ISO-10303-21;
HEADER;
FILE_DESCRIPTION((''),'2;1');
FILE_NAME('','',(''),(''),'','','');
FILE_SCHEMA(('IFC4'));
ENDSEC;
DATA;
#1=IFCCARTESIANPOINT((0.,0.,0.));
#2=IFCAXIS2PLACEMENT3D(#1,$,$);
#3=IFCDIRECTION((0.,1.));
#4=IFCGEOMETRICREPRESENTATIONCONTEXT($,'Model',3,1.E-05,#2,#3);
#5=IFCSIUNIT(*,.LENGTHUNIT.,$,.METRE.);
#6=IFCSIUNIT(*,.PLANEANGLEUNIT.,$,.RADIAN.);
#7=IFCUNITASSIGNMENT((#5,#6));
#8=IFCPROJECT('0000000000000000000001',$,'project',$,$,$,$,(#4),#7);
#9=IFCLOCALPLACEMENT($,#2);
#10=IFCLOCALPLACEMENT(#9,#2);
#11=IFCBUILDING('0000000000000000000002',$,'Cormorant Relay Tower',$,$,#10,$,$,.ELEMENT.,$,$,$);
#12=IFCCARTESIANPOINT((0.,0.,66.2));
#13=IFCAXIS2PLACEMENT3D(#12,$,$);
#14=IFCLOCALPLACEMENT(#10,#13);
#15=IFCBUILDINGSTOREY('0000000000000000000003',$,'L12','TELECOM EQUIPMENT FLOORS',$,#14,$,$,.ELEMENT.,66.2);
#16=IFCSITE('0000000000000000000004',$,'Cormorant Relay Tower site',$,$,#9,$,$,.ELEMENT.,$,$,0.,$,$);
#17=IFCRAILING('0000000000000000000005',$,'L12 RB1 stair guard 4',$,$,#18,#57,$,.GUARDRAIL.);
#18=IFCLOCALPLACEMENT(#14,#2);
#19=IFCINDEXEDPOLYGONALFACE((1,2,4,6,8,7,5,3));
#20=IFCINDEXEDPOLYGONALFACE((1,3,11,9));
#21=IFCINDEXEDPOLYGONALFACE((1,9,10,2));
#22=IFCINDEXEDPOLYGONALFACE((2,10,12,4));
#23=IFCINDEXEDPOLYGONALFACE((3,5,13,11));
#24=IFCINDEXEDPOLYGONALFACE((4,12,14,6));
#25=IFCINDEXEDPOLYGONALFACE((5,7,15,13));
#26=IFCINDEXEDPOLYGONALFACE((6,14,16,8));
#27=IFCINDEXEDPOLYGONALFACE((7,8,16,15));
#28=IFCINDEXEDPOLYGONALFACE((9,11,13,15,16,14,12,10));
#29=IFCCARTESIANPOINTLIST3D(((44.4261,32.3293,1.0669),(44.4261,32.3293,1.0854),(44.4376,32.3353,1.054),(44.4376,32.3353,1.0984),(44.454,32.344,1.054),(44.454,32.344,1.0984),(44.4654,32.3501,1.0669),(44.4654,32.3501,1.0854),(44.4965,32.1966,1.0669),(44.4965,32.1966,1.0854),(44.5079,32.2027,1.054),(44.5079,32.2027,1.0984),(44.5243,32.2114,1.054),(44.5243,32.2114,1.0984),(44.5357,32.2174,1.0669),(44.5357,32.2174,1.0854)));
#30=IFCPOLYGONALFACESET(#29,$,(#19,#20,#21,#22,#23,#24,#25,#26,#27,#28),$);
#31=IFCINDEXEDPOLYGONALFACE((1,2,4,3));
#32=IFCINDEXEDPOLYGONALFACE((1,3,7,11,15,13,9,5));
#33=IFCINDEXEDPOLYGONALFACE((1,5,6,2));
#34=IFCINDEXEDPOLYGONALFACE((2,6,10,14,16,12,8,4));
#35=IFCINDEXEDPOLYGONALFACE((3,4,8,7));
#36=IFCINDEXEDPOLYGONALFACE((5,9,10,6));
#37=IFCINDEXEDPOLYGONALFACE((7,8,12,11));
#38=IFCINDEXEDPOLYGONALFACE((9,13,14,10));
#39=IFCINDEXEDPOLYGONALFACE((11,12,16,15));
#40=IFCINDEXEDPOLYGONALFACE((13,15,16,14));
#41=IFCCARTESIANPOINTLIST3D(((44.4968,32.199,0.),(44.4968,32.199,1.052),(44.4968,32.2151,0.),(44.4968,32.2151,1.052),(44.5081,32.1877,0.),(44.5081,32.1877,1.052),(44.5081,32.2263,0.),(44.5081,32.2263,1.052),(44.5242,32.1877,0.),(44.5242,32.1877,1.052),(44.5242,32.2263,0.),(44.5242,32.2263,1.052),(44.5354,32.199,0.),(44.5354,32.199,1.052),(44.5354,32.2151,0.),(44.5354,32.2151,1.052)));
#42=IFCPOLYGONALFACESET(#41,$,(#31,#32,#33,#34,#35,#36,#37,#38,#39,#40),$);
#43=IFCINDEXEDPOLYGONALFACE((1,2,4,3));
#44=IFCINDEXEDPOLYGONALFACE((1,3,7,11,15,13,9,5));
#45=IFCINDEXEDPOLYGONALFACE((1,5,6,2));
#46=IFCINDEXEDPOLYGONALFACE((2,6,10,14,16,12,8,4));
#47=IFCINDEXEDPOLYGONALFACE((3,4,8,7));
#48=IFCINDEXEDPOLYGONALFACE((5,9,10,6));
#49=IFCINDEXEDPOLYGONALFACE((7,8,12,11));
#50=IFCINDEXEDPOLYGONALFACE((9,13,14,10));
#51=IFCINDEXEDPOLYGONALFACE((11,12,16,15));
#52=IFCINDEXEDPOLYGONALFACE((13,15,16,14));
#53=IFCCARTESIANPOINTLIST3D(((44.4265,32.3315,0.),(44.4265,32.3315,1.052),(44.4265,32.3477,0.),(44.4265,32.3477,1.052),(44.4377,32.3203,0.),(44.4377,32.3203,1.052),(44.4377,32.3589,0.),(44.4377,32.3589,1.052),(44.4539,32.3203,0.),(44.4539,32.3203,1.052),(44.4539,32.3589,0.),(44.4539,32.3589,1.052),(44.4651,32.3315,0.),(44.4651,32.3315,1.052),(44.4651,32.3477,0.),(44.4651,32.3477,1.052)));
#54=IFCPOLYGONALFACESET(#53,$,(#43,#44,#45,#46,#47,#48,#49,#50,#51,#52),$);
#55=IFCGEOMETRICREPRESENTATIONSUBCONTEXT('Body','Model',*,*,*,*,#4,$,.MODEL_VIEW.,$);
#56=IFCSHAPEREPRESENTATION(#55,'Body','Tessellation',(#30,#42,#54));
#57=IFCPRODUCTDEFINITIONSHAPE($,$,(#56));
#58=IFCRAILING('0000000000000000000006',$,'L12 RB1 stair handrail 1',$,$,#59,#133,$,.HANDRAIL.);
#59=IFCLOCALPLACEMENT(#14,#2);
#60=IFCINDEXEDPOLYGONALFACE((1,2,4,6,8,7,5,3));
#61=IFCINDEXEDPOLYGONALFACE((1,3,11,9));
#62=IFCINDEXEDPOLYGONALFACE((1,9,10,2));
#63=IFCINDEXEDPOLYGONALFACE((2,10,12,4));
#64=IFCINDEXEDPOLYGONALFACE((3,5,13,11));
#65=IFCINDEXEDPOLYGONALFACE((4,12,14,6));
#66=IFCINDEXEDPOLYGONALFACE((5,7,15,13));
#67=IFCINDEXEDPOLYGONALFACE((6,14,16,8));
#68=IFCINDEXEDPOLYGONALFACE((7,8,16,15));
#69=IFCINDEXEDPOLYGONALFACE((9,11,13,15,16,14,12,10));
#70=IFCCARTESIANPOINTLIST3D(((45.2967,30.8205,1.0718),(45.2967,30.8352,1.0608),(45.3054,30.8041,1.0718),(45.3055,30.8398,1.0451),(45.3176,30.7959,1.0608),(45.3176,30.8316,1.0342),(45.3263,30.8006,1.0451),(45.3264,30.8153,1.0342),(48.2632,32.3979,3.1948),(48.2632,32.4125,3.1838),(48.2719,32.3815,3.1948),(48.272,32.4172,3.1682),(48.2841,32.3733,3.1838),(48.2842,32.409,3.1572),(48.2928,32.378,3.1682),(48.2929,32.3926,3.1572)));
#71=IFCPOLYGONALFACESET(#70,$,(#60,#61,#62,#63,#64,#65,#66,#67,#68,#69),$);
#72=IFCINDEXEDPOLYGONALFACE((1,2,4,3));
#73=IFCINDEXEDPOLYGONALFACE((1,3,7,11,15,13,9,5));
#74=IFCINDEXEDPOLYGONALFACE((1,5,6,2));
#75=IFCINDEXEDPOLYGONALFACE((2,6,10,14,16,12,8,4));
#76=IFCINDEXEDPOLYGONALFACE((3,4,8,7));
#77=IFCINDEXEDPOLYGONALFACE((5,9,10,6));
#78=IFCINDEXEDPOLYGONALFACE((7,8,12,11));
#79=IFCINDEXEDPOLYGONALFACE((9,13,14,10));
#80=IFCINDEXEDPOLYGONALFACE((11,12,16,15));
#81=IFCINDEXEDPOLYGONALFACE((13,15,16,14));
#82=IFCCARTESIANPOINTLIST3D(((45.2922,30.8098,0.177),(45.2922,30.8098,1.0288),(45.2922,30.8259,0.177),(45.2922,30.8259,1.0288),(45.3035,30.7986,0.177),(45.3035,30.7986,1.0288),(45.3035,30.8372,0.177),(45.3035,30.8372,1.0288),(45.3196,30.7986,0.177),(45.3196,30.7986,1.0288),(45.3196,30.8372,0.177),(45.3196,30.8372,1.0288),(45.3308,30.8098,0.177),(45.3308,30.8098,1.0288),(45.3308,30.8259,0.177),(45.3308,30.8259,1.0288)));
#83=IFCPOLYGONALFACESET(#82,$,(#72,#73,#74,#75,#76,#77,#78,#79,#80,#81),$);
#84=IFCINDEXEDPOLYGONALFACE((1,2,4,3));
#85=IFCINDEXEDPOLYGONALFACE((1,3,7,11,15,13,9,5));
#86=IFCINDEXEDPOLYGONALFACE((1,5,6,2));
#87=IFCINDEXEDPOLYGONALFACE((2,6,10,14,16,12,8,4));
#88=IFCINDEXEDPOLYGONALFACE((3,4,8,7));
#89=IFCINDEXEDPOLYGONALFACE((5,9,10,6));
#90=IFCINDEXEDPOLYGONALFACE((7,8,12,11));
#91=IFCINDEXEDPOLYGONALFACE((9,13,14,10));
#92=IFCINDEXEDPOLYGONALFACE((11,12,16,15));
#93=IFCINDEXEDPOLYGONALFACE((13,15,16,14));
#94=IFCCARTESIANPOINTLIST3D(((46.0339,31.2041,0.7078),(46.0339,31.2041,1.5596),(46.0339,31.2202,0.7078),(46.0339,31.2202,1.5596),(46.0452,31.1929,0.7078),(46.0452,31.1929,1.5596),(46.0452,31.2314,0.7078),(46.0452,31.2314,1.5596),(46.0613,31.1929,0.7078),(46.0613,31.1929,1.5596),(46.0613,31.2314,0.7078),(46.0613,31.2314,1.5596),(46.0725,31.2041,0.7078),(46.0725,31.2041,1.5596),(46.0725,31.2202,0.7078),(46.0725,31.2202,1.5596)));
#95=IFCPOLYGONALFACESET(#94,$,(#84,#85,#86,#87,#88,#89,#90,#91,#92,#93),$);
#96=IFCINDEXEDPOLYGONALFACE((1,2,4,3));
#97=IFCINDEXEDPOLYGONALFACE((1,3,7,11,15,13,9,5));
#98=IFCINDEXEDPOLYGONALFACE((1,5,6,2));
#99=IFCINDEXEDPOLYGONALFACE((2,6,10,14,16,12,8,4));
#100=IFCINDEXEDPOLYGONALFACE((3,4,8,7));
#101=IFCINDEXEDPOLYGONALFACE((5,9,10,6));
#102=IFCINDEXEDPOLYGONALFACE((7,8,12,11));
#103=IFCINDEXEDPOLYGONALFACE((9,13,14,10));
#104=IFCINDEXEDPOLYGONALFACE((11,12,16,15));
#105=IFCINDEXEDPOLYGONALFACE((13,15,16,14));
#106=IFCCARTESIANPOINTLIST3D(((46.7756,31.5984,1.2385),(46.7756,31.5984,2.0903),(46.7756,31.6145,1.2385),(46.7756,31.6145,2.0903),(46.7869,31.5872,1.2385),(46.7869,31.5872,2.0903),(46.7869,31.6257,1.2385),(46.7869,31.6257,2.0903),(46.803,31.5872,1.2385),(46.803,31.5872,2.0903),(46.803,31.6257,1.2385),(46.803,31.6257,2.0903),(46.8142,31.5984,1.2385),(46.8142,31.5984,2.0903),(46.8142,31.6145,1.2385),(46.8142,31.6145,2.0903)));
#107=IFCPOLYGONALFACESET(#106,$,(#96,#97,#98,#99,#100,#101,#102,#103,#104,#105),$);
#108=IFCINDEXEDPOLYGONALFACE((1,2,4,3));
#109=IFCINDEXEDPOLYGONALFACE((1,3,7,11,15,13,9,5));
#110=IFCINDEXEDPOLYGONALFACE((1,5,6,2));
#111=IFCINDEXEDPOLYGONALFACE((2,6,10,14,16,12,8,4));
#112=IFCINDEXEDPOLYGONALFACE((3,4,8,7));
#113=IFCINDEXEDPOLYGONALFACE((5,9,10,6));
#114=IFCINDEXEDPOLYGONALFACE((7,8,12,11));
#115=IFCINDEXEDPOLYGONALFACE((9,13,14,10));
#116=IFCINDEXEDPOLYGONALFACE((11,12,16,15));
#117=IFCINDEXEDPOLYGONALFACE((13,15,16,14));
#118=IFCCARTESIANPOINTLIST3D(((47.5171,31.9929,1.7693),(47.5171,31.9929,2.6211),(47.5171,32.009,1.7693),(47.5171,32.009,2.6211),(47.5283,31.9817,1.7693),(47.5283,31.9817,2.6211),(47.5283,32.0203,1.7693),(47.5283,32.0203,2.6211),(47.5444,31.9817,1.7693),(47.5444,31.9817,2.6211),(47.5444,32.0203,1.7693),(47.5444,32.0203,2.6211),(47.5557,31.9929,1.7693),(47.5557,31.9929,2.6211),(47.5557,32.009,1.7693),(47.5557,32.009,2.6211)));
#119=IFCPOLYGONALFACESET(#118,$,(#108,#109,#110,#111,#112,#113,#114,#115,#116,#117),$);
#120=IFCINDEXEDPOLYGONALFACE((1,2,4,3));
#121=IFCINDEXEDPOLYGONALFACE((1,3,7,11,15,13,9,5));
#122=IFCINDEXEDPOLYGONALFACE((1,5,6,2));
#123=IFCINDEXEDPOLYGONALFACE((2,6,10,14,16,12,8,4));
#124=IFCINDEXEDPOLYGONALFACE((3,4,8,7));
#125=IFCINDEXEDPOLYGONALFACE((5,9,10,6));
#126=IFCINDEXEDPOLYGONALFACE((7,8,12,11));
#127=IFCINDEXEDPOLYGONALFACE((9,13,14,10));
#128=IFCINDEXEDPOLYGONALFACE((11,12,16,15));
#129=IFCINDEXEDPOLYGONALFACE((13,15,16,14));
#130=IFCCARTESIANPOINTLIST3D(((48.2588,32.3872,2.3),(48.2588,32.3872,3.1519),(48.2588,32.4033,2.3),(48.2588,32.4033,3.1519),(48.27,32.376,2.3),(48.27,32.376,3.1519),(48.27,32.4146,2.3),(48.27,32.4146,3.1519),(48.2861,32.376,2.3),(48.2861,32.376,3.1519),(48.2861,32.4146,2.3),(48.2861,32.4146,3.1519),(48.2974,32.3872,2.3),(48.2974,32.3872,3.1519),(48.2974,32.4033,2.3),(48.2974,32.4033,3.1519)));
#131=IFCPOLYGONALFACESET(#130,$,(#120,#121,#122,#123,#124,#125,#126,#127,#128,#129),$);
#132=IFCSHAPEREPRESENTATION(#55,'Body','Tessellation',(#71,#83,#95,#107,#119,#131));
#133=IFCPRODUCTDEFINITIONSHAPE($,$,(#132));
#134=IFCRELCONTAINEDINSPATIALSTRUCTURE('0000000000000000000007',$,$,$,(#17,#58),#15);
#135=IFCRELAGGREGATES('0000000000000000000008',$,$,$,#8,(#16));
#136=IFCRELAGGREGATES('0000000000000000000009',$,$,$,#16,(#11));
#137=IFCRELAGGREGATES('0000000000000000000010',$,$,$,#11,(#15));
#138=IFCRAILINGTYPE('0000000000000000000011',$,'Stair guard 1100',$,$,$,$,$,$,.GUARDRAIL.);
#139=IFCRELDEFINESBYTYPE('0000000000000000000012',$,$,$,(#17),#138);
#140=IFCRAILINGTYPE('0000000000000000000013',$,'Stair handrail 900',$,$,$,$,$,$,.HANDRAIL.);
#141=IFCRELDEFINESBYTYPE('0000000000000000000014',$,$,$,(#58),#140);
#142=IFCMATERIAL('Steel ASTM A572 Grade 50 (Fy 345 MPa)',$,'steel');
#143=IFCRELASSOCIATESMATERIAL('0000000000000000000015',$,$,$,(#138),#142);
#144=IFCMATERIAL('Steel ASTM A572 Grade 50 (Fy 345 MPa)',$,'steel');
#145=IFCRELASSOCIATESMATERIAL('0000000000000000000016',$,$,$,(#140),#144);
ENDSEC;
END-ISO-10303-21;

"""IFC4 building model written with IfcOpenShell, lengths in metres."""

from ifc_helpers import new_model, si_unit, direction, frame, origin, place, context, subcontext, project, spatial, polyline, outline, extrude, material, type_object, element, save


model = new_model("IFC4")

# Units and contexts
model_context = context("Model", 3, precision=1e-05, world=origin(), true_north=direction((0.0, 1.0)))
body_context = subcontext(model_context, "Body", "Model", "MODEL_VIEW")
ifc_project = project(units=[si_unit("LENGTHUNIT", "METRE"), si_unit("PLANEANGLEUNIT", "RADIAN")], contexts=[model_context])

# Site, building, storey
site_placement = place(None, origin())
site = spatial("IfcSite", under=ifc_project, at=site_placement, Name="Cormorant Relay Tower site", CompositionType="ELEMENT", RefElevation=0.0)
building_placement = place(site_placement, origin())
building = spatial("IfcBuilding", under=site, at=building_placement, Name="Cormorant Relay Tower", CompositionType="ELEMENT")
storey_placement = place(building_placement, frame((0.0, 0.0, 66.2)))
storey = spatial("IfcBuildingStorey", under=building, at=storey_placement, Name="L12", Description="TELECOM EQUIPMENT FLOORS", CompositionType="ELEMENT", Elevation=66.2)

# Railings
ifc_material_1 = material(Name="Steel ASTM A572 Grade 50 (Fy 345 MPa)", Category="steel")
railing_type_1 = type_object("IfcRailingType", Name="Stair guard 1100", PredefinedType="GUARDRAIL", material=ifc_material_1)
railing_1_placement = place(storey_placement, frame((44.5161, 32.207, 0.0)))
element("IfcRailing", 1, at=railing_1_placement, inside=storey, type_object=railing_type_1, Name="L12 RB1 stair guard 4", PredefinedType="GUARDRAIL", context=body_context, shape_type="SweptSolid", body=[
    extrude(outline(polyline([(0.0222, 0.0093), (0.0093, 0.0222), (-0.0093, 0.0222), (-0.0222, 0.0093), (-0.0222, -0.0093), (-0.0093, -0.0222), (0.0093, -0.0222), (0.0222, -0.0093), (0.0222, 0.0093)])), frame((0.0, 0.0, 1.0762), z_axis=(-0.46856, 0.883431, 0.0), x_axis=(-0.883431, -0.46856, 0.0)), (0.0, 0.0, 1.0), 0.1501),
    extrude(outline(polyline([(0.0193, 0.0081), (0.0081, 0.0193), (-0.0081, 0.0193), (-0.0193, 0.0081), (-0.0193, -0.0081), (-0.0081, -0.0193), (0.0081, -0.0193), (0.0193, -0.0081), (0.0193, 0.0081)])), origin(), (0.0, 0.0, 1.0), 1.052),
    extrude(outline(polyline([(0.0193, 0.0081), (0.0081, 0.0193), (-0.0081, 0.0193), (-0.0193, 0.0081), (-0.0193, -0.0081), (-0.0081, -0.0193), (0.0081, -0.0193), (0.0193, -0.0081), (0.0193, 0.0081)])), frame((-0.0703, 0.1326, 0.0)), (0.0, 0.0, 1.0), 1.052),
])
ifc_material_2 = material(Name="Steel ASTM A572 Grade 50 (Fy 345 MPa)", Category="steel")
railing_type_2 = type_object("IfcRailingType", Name="Stair handrail 900", PredefinedType="HANDRAIL", material=ifc_material_2)
railing_2_placement = place(storey_placement, frame((45.3115, 30.8179, 0.177)))
element("IfcRailing", 2, at=railing_2_placement, inside=storey, type_object=railing_type_2, Name="L12 RB1 stair handrail 1", PredefinedType="HANDRAIL", context=body_context, shape_type="SweptSolid", body=[
    extrude(outline(polyline([(0.0222, 0.0093), (0.0093, 0.0222), (-0.0093, 0.0222), (-0.0222, 0.0093), (-0.0222, -0.0093), (-0.0093, -0.0222), (0.0093, -0.0222), (0.0222, -0.0093), (0.0222, 0.0093)])), frame((0.0, 0.0, 0.876), z_axis=(0.746413, 0.396887, 0.534179), x_axis=(-0.469483, 0.882942, 0.0)), (0.0, 0.0, 1.0), 3.9744),
    extrude(outline(polyline([(0.0193, 0.0081), (0.0081, 0.0193), (-0.0081, 0.0193), (-0.0193, 0.0081), (-0.0193, -0.0081), (-0.0081, -0.0193), (0.0081, -0.0193), (0.0193, -0.0081), (0.0193, 0.0081)])), origin(), (0.0, 0.0, 1.0), 0.8518),
    extrude(outline(polyline([(0.0193, 0.0081), (0.0081, 0.0193), (-0.0081, 0.0193), (-0.0193, 0.0081), (-0.0193, -0.0081), (-0.0081, -0.0193), (0.0081, -0.0193), (0.0193, -0.0081), (0.0193, 0.0081)])), frame((0.7417, 0.3943, 0.5308)), (0.0, 0.0, 1.0), 0.8518),
    extrude(outline(polyline([(0.0193, 0.0081), (0.0081, 0.0193), (-0.0081, 0.0193), (-0.0193, 0.0081), (-0.0193, -0.0081), (-0.0081, -0.0193), (0.0081, -0.0193), (0.0193, -0.0081), (0.0193, 0.0081)])), frame((1.4834, 0.7886, 1.0615)), (0.0, 0.0, 1.0), 0.8518),
    extrude(outline(polyline([(0.0193, 0.0081), (0.0081, 0.0193), (-0.0081, 0.0193), (-0.0193, 0.0081), (-0.0193, -0.0081), (-0.0081, -0.0193), (0.0081, -0.0193), (0.0193, -0.0081), (0.0193, 0.0081)])), frame((2.2249, 1.1831, 1.5923)), (0.0, 0.0, 1.0), 0.8518),
    extrude(outline(polyline([(0.0193, 0.0081), (0.0081, 0.0193), (-0.0081, 0.0193), (-0.0193, 0.0081), (-0.0193, -0.0081), (-0.0081, -0.0193), (0.0081, -0.0193), (0.0193, -0.0081), (0.0193, 0.0081)])), frame((2.9666, 1.5774, 2.123)), (0.0, 0.0, 1.0), 0.8518),
])

save(model, "model.ifc")
